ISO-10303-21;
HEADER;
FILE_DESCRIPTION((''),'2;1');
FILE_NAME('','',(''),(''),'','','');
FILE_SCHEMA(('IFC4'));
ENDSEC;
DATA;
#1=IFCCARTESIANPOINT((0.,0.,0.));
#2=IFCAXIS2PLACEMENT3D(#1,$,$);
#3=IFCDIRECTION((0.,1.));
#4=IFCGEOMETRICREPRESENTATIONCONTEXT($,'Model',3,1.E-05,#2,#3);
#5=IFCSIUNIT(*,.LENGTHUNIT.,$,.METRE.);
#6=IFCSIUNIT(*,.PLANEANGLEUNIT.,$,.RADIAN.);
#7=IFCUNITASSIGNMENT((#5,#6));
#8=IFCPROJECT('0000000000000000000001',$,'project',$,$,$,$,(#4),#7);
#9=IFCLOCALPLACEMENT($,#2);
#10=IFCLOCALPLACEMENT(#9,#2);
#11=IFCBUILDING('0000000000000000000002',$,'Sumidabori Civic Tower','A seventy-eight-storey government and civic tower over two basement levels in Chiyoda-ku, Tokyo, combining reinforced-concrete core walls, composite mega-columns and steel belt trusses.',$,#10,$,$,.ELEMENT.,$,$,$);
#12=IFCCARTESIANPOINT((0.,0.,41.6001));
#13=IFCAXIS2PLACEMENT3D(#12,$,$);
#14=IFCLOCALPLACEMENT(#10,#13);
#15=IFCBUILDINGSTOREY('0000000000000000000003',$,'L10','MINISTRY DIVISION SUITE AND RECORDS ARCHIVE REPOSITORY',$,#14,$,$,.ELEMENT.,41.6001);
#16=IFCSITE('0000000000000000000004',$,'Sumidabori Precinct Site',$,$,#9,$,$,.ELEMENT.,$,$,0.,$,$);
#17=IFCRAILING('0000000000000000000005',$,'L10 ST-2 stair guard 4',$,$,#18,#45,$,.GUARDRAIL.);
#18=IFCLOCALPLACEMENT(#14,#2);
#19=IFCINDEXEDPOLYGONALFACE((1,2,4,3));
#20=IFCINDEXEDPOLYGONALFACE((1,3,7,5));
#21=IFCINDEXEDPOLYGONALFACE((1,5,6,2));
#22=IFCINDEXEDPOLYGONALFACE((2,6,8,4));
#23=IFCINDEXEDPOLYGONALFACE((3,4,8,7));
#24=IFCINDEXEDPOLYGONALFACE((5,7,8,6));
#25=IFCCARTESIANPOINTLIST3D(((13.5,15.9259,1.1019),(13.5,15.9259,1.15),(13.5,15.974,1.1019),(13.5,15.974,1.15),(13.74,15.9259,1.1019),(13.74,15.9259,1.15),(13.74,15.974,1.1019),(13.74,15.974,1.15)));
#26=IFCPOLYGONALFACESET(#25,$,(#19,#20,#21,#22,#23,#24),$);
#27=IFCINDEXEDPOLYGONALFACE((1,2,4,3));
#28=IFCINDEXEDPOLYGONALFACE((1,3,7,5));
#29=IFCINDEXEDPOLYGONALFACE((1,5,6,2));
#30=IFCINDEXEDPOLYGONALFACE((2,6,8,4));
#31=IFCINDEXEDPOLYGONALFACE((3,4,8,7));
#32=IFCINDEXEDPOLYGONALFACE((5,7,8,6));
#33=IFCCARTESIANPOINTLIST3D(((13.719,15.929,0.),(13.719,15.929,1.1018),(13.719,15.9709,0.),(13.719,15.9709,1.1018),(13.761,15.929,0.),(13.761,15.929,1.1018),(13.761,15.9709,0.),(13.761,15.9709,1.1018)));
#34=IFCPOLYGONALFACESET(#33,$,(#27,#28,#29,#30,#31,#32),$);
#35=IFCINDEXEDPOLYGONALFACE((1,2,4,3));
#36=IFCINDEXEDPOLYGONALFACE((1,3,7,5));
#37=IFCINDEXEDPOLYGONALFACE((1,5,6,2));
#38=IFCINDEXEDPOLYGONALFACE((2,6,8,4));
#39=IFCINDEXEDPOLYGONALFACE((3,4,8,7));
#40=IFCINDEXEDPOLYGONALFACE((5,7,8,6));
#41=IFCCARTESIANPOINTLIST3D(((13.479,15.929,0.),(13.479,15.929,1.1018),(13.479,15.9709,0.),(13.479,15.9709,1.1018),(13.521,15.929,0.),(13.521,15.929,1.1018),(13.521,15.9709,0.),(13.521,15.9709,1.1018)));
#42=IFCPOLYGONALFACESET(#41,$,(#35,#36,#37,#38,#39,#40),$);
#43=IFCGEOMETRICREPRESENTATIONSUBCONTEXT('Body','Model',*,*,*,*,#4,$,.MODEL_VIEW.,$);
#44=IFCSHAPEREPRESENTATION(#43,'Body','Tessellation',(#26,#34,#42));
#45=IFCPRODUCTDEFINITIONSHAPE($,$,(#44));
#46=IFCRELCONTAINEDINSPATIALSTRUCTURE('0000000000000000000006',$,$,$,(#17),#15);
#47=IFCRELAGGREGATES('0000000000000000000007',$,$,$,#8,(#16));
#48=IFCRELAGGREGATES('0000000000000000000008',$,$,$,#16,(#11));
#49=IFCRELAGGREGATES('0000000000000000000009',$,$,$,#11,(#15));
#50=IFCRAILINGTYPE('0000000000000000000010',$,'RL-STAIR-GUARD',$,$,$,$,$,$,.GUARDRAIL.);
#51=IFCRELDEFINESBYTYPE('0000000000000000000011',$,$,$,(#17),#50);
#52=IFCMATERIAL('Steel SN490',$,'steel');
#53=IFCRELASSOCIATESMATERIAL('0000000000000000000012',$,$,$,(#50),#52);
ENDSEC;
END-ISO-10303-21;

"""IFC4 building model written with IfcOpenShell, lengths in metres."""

from ifc_helpers import new_model, si_unit, direction, frame, origin, origin_2d, place, context, subcontext, project, spatial, rectangle, extrude, material, type_object, element, save


model = new_model("IFC4")

# Units and contexts
model_context = context("Model", 3, precision=1e-05, world=origin(), true_north=direction((0.0, 1.0)))
body_context = subcontext(model_context, "Body", "Model", "MODEL_VIEW")
ifc_project = project(units=[si_unit("LENGTHUNIT", "METRE"), si_unit("PLANEANGLEUNIT", "RADIAN")], contexts=[model_context])

# Site, building, storey
site_placement = place(None, origin())
site = spatial("IfcSite", under=ifc_project, at=site_placement, Name="Sumidabori Precinct Site", CompositionType="ELEMENT", RefElevation=0.0)
building_placement = place(site_placement, origin())
building = spatial("IfcBuilding", under=site, at=building_placement, Name="Sumidabori Civic Tower", Description="A seventy-eight-storey government and civic tower over two basement levels in Chiyoda-ku, Tokyo, combining reinforced-concrete core walls, composite mega-columns and steel belt trusses.", CompositionType="ELEMENT")
storey_placement = place(building_placement, frame((0.0, 0.0, 41.6001)))
storey = spatial("IfcBuildingStorey", under=building, at=storey_placement, Name="L10", Description="MINISTRY DIVISION SUITE AND RECORDS ARCHIVE REPOSITORY", CompositionType="ELEMENT", Elevation=41.6001)

# Shared definitions
ifc_material_1 = material(Name="Steel SN490", Category="steel")

# Railing
railing_type_1 = type_object("IfcRailingType", Name="RL-STAIR-GUARD", PredefinedType="GUARDRAIL", material=ifc_material_1)
railing_1_placement = place(storey_placement, frame((13.74, 15.95, 0.0)))
element("IfcRailing", 1, at=railing_1_placement, inside=storey, type_object=railing_type_1, Name="L10 ST-2 stair guard 4", PredefinedType="GUARDRAIL", context=body_context, shape_type="SweptSolid", body=[
    extrude(rectangle(XDim=0.0481, YDim=0.0481, at=origin_2d()), frame((0.0, 0.0, 1.126), z_axis=(-1.0, 0.0, 0.0), x_axis=(0.0, -1.0, 0.0)), (0.0, 0.0, 1.0), 0.24),
    extrude(rectangle(XDim=0.042, YDim=0.042, at=origin_2d()), origin(), (0.0, 0.0, 1.0), 1.1018),
    extrude(rectangle(XDim=0.042, YDim=0.042, at=origin_2d()), frame((-0.24, 0.0, 0.0)), (0.0, 0.0, 1.0), 1.1018),
])

save(model, "model.ifc")
